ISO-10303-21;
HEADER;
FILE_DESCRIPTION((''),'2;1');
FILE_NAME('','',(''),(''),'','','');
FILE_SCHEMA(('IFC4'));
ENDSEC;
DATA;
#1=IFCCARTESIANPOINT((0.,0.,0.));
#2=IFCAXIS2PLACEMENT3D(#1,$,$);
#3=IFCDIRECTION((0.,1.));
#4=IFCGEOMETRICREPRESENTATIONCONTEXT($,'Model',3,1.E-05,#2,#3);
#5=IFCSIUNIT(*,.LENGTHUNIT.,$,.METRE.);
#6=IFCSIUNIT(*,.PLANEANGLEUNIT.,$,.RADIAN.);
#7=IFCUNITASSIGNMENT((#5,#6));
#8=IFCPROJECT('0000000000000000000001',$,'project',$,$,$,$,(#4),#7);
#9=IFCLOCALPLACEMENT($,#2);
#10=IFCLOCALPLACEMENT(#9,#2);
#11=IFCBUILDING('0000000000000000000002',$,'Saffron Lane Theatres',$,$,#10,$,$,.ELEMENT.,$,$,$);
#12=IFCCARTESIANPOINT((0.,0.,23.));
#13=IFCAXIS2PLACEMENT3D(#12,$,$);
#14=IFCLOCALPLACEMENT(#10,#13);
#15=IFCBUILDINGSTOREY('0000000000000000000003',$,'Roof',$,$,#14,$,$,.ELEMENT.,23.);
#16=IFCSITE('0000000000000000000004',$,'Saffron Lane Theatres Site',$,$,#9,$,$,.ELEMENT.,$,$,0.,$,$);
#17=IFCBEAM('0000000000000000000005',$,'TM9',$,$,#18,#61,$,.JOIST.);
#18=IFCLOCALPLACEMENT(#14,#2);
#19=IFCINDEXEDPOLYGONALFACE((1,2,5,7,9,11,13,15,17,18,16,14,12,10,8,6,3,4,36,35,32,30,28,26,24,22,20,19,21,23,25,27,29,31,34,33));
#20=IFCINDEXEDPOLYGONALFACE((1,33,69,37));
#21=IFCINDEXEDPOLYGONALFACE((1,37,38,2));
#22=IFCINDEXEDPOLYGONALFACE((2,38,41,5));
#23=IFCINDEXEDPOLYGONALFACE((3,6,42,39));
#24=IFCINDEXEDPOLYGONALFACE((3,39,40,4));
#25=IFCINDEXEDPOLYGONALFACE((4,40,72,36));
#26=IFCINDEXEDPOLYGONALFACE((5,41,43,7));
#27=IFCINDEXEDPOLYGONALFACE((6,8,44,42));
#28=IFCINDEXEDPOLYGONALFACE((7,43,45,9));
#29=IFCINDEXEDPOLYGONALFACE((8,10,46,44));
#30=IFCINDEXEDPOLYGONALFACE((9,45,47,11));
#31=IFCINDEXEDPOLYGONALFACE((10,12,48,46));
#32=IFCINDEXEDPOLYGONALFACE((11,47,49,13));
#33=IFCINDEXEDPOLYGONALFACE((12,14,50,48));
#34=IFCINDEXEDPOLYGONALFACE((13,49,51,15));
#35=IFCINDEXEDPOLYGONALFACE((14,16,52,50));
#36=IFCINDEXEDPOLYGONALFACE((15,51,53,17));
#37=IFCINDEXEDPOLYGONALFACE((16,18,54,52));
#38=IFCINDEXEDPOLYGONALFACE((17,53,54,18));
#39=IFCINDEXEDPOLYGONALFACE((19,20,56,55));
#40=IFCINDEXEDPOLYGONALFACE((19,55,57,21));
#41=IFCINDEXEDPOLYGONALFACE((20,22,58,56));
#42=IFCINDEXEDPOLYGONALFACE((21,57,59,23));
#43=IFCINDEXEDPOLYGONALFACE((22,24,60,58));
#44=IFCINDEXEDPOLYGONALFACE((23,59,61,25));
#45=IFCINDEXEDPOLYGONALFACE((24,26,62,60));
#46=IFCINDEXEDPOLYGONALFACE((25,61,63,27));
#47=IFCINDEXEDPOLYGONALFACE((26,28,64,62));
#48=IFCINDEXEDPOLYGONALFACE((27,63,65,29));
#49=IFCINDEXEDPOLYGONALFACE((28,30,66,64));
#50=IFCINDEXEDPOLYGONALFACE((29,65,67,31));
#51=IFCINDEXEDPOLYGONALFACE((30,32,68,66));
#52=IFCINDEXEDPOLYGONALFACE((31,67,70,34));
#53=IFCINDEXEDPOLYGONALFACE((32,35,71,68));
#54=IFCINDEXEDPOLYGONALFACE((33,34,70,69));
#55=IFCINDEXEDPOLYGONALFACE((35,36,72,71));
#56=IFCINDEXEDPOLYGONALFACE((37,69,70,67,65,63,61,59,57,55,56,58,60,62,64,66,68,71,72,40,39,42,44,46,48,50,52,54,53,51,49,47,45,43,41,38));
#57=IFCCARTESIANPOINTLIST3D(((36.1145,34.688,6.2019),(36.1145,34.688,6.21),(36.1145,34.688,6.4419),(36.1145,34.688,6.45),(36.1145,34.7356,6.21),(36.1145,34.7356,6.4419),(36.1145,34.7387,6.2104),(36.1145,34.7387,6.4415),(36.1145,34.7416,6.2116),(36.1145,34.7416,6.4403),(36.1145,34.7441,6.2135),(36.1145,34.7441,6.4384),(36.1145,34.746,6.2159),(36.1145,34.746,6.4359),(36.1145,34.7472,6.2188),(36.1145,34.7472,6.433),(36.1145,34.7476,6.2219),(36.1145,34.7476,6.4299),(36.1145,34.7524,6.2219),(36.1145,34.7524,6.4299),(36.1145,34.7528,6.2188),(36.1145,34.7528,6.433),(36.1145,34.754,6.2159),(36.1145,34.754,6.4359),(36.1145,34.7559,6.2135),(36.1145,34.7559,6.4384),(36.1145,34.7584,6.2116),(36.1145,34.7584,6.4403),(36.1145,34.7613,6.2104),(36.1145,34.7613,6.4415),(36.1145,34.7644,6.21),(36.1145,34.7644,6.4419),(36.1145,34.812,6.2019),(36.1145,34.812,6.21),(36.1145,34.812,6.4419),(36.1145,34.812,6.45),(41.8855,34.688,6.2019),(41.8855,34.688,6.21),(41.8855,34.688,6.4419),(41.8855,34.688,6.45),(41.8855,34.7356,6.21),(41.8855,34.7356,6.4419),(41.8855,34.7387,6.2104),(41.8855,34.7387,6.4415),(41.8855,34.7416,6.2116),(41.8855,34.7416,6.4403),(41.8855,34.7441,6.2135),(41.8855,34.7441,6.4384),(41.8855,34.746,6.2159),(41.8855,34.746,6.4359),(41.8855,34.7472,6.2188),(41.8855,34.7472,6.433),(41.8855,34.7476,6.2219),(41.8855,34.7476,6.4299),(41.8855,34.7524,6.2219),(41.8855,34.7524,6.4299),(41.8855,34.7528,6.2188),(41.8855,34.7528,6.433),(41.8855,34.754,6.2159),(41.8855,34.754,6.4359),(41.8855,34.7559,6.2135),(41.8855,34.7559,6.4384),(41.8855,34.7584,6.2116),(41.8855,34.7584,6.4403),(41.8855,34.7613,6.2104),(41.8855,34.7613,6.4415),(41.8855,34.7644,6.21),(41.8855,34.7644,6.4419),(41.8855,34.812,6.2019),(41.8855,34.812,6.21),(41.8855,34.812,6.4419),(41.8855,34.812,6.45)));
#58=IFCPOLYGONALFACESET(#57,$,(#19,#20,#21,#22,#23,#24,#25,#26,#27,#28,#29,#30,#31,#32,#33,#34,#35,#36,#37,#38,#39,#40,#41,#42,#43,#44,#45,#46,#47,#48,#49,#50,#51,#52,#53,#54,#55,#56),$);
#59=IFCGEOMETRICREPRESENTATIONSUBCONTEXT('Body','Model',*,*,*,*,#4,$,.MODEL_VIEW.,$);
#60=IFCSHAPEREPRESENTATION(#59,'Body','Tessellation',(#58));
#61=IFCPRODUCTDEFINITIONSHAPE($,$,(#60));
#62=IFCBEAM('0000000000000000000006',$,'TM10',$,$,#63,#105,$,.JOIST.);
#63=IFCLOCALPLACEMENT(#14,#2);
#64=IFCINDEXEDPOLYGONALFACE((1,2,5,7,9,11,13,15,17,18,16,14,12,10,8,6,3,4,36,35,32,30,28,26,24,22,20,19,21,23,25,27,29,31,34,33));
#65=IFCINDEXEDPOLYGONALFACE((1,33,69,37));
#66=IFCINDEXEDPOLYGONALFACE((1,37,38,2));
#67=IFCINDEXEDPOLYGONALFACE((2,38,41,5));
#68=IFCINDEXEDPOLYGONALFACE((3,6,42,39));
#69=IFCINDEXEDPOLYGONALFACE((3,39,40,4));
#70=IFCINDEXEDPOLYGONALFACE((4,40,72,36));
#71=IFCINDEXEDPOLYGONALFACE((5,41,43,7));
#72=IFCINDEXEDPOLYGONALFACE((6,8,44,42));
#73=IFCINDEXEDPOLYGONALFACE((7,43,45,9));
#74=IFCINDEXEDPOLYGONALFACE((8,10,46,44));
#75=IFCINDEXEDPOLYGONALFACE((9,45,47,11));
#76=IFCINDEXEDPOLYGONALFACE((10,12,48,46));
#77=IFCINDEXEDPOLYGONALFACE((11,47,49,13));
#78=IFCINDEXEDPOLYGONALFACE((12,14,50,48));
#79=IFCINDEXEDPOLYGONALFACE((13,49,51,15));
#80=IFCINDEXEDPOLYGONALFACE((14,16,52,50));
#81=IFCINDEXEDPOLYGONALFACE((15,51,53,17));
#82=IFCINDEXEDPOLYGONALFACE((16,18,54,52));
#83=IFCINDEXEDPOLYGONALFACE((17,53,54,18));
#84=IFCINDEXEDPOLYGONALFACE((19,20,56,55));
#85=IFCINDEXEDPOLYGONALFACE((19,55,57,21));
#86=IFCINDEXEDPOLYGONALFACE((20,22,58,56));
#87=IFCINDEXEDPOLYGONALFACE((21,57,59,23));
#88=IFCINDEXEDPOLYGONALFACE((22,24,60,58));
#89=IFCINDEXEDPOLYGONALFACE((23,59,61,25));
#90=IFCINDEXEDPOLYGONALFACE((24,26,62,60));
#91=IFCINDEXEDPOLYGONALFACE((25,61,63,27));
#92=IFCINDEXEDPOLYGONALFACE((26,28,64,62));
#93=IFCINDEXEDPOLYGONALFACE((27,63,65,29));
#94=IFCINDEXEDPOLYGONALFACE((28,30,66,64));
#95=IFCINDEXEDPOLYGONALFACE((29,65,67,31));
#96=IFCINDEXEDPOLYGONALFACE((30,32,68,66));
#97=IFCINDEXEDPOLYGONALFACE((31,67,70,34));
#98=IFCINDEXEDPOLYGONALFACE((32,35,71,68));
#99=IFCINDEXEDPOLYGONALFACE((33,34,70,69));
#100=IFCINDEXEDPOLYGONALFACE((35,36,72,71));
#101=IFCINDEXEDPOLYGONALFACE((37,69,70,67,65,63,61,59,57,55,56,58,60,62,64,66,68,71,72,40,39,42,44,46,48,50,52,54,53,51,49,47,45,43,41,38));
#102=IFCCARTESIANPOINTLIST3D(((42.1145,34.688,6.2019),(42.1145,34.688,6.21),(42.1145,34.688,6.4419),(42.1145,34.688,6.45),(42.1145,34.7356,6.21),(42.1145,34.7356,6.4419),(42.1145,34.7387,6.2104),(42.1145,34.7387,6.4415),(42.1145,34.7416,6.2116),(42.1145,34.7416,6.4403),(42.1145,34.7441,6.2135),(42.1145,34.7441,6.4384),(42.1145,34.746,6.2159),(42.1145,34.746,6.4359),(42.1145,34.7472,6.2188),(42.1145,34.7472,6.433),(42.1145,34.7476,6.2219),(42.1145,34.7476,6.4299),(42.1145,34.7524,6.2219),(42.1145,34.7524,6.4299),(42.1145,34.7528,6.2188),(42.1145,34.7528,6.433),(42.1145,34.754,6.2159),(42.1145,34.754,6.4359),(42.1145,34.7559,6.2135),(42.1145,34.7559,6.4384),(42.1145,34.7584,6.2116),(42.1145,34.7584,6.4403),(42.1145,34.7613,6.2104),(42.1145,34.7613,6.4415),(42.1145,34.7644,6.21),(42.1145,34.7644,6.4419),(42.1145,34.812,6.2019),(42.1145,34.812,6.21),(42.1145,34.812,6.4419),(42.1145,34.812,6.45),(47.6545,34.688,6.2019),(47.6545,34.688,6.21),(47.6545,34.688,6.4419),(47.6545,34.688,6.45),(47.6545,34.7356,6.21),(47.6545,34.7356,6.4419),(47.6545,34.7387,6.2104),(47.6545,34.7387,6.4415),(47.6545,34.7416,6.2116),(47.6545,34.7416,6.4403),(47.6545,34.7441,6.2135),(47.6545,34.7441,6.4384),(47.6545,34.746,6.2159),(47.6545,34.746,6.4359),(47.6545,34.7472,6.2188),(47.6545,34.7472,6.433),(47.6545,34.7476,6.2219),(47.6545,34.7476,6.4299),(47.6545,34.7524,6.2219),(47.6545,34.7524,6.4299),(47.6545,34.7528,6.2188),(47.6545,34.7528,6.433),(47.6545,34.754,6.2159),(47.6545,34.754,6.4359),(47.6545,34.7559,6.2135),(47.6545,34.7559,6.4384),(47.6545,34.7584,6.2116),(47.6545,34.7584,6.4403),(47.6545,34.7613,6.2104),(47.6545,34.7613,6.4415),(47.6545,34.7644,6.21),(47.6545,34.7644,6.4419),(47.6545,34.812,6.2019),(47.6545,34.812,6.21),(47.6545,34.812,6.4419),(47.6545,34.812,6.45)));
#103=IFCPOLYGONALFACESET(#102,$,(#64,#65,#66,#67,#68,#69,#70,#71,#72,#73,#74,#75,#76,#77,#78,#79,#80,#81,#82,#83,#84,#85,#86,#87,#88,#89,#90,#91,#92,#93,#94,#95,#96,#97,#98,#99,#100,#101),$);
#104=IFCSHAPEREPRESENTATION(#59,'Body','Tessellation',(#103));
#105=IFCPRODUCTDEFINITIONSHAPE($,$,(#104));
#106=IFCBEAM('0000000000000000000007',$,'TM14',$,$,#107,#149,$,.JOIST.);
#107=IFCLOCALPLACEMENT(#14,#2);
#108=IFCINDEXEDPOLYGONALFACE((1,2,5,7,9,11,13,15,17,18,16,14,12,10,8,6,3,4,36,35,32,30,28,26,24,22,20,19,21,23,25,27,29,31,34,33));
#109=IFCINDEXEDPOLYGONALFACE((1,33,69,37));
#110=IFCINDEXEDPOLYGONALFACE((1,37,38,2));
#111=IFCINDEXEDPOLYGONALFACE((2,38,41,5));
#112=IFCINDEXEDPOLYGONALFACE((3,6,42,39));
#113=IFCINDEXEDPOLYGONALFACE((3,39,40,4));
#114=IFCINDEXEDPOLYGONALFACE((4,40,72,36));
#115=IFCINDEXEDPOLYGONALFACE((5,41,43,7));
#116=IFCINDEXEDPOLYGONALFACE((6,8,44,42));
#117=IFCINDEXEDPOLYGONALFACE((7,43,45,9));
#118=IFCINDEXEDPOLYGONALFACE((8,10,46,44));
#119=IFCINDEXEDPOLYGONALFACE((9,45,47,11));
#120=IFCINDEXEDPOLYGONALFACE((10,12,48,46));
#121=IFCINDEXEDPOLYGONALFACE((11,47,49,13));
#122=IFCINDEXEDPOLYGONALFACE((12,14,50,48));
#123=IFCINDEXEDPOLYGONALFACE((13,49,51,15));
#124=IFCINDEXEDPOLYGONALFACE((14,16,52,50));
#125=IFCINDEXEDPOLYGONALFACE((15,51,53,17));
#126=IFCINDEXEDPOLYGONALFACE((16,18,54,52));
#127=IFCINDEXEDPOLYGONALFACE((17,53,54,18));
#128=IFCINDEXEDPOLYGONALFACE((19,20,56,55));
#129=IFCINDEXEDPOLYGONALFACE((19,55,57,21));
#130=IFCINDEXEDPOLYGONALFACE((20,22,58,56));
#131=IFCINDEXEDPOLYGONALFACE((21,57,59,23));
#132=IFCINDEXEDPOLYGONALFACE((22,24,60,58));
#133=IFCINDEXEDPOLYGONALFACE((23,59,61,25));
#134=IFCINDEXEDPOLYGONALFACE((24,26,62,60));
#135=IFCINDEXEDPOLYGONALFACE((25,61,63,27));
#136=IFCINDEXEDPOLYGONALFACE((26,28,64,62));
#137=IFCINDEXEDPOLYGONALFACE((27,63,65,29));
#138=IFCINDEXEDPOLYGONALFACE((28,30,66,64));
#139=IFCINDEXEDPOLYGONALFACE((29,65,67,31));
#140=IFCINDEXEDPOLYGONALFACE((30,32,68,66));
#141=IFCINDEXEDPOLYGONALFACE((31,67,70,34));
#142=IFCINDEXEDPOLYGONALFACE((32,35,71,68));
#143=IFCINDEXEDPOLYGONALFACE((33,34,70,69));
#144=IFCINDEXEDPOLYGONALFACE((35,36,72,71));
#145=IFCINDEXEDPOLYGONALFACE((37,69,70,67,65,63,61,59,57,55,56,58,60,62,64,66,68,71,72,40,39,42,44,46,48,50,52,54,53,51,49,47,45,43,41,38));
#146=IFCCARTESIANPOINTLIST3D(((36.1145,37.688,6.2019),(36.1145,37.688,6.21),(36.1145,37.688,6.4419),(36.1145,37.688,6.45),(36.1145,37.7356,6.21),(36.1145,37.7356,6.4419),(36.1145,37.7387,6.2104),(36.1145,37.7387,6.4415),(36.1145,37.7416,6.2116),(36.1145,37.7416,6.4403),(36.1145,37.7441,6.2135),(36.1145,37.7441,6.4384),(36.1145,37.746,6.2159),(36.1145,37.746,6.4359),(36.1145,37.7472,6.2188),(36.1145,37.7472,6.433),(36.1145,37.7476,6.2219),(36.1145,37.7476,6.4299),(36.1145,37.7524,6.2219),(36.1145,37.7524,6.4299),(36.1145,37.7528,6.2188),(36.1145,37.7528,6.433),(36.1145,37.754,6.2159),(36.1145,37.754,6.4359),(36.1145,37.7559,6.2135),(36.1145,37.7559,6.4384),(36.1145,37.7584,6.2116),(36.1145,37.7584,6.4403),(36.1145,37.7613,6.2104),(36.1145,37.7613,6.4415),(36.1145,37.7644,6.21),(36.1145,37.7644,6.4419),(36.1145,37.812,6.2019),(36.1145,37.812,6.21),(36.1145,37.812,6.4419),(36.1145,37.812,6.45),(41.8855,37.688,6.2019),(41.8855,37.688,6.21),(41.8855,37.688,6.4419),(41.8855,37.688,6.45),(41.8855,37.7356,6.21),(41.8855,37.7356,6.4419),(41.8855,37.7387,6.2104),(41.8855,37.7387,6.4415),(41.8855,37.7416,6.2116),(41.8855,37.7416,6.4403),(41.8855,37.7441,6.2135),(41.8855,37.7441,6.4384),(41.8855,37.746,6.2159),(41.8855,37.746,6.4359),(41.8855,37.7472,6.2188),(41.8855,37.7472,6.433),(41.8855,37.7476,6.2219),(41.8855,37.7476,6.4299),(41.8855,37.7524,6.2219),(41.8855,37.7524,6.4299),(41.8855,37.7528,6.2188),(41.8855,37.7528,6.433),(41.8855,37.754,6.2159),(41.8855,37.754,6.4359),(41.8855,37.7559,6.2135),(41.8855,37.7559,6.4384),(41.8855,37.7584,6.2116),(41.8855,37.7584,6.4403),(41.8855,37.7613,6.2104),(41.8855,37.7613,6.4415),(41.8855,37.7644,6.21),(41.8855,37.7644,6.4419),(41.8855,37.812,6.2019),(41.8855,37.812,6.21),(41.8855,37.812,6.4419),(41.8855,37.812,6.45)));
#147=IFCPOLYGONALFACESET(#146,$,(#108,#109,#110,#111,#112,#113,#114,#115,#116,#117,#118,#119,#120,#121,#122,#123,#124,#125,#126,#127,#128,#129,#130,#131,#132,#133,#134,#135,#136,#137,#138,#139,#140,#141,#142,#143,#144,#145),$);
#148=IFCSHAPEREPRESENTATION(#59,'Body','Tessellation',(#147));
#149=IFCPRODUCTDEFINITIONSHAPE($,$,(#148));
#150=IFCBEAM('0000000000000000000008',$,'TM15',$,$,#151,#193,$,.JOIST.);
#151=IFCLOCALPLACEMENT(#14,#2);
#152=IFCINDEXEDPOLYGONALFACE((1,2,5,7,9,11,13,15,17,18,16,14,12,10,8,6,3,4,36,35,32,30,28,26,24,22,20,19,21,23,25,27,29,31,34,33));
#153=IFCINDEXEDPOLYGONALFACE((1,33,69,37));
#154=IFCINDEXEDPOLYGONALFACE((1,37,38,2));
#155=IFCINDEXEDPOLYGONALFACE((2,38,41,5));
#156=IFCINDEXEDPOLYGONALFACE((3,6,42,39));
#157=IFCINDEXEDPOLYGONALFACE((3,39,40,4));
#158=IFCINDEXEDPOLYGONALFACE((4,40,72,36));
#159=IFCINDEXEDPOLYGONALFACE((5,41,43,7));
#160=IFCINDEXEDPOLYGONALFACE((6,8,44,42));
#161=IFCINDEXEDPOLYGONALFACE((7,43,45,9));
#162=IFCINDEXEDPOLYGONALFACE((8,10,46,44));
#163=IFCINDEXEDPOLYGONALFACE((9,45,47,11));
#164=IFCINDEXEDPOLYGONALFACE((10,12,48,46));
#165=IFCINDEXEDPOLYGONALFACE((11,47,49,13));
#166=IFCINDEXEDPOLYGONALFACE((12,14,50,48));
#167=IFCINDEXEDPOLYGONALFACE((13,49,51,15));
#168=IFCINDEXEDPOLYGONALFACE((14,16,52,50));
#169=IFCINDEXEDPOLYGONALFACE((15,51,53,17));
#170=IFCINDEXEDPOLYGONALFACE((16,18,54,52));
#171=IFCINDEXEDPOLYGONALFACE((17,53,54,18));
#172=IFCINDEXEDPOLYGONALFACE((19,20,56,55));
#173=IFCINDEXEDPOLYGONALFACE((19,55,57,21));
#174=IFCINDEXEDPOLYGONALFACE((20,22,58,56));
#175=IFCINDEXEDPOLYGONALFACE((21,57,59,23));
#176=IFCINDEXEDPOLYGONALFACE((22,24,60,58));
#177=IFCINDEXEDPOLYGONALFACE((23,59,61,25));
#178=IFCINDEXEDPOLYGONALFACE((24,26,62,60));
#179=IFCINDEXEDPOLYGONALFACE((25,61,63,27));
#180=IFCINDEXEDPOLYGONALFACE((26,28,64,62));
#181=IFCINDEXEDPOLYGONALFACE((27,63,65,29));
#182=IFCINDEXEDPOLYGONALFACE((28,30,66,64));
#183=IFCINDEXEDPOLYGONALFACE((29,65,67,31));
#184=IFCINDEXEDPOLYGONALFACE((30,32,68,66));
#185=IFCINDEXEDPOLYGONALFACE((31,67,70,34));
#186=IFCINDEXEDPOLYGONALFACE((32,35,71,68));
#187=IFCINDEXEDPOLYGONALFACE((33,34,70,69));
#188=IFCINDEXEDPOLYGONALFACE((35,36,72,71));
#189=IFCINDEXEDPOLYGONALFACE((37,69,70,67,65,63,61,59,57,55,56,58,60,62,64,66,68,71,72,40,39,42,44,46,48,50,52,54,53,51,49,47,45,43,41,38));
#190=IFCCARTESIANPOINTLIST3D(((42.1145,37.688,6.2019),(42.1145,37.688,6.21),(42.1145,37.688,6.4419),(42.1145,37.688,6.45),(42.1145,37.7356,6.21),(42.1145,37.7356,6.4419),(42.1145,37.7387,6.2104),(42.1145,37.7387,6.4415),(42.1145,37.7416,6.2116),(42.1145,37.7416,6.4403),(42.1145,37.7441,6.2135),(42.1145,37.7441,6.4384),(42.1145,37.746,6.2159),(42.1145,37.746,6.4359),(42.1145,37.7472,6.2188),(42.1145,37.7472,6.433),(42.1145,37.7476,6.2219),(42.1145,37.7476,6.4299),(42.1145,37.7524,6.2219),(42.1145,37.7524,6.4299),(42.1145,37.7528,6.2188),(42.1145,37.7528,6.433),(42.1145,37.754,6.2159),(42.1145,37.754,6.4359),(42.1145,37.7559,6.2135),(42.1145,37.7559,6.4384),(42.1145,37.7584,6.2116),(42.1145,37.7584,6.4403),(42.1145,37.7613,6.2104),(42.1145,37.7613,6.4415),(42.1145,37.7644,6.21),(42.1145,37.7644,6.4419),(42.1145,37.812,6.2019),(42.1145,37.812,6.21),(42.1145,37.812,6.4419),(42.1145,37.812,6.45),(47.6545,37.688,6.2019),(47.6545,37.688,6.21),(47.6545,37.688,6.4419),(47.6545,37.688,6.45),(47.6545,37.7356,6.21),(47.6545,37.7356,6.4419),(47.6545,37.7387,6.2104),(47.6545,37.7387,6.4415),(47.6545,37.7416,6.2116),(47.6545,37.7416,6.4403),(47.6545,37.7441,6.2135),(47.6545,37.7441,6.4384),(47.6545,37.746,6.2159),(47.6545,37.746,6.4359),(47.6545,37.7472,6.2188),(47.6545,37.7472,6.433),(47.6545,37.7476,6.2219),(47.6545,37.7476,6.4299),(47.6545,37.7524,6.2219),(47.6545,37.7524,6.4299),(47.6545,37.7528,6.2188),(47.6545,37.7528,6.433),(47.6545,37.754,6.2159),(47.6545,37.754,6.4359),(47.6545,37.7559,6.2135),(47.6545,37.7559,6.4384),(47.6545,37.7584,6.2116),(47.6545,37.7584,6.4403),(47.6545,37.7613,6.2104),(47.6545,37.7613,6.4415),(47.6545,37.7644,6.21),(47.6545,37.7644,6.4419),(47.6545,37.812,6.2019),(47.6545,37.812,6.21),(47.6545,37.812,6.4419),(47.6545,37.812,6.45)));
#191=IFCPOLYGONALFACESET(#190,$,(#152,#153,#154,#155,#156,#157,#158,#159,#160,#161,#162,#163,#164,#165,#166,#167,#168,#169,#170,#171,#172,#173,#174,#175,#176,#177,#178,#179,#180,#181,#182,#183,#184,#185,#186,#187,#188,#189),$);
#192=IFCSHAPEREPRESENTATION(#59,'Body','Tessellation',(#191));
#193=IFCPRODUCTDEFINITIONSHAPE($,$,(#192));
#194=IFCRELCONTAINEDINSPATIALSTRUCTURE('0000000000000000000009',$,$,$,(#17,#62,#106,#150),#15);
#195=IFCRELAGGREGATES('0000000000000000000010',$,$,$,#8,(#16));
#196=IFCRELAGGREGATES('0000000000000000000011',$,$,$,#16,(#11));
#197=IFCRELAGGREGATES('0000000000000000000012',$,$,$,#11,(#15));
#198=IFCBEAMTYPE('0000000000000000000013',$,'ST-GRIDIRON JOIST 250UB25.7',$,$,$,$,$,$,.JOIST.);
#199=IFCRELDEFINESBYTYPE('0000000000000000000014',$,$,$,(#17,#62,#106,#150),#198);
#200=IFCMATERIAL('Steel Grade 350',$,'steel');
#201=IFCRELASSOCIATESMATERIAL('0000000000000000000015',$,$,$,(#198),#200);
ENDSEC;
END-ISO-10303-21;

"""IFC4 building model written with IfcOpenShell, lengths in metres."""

from ifc_helpers import new_model, si_unit, direction, frame, origin, origin_2d, place, context, subcontext, project, spatial, i_section, extrude, material, material_profile, profile_set, type_object, element, save


model = new_model("IFC4")

# Units and contexts
model_context = context("Model", 3, precision=1e-05, world=origin(), true_north=direction((0.0, 1.0)))
body_context = subcontext(model_context, "Body", "Model", "MODEL_VIEW")
ifc_project = project(units=[si_unit("LENGTHUNIT", "METRE"), si_unit("PLANEANGLEUNIT", "RADIAN")], contexts=[model_context])

# Site, building, storey
site_placement = place(None, origin())
site = spatial("IfcSite", under=ifc_project, at=site_placement, Name="Saffron Lane Theatres Site", CompositionType="ELEMENT", RefElevation=0.0)
building_placement = place(site_placement, origin())
building = spatial("IfcBuilding", under=site, at=building_placement, Name="Saffron Lane Theatres", CompositionType="ELEMENT")
storey_placement = place(building_placement, frame((0.0, 0.0, 23.0)))
storey = spatial("IfcBuildingStorey", under=building, at=storey_placement, Name="Roof", CompositionType="ELEMENT", Elevation=23.0)

# Beams
ifc_material_1 = material(Name="Steel Grade 350", Category="steel")
ifc_material_profile_1 = material_profile(ifc_material_1, i_section(OverallWidth=0.124, OverallDepth=0.248, WebThickness=0.0049, FlangeThickness=0.0081, FilletRadius=0.012, at=origin_2d()))
ifc_profile_set_1 = profile_set([ifc_material_profile_1], Name="Steel Grade 350")
beam_type_1 = type_object("IfcBeamType", Name="ST-GRIDIRON JOIST 250UB25.7", PredefinedType="JOIST", material=ifc_profile_set_1)
beam_1_placement = place(storey_placement, frame((36.1145, 34.75, 6.3259), z_axis=(1.0, 0.0, 0.0), x_axis=(0.0, 1.0, 0.0)))
element("IfcBeam", 1, at=beam_1_placement, inside=storey, type_object=beam_type_1, Name="TM9", PredefinedType="JOIST", context=body_context, shape_type="SweptSolid", body=[
    extrude(i_section(OverallWidth=0.124, OverallDepth=0.248, WebThickness=0.0049, FlangeThickness=0.0081, FilletRadius=0.012, at=origin_2d()), origin(), (0.0, 0.0, 1.0), 5.771),
])
beam_2_placement = place(storey_placement, frame((42.1145, 34.75, 6.3259), z_axis=(1.0, 0.0, 0.0), x_axis=(0.0, 1.0, 0.0)))
element("IfcBeam", 2, at=beam_2_placement, inside=storey, type_object=beam_type_1, Name="TM10", PredefinedType="JOIST", context=body_context, shape_type="SweptSolid", body=[
    extrude(i_section(OverallWidth=0.124, OverallDepth=0.248, WebThickness=0.0049, FlangeThickness=0.0081, FilletRadius=0.012, at=origin_2d()), origin(), (0.0, 0.0, 1.0), 5.54),
])
beam_3_placement = place(storey_placement, frame((36.1145, 37.75, 6.3259), z_axis=(1.0, 0.0, 0.0), x_axis=(0.0, 1.0, 0.0)))
element("IfcBeam", 3, at=beam_3_placement, inside=storey, type_object=beam_type_1, Name="TM14", PredefinedType="JOIST", context=body_context, shape_type="SweptSolid", body=[
    extrude(i_section(OverallWidth=0.124, OverallDepth=0.248, WebThickness=0.0049, FlangeThickness=0.0081, FilletRadius=0.012, at=origin_2d()), origin(), (0.0, 0.0, 1.0), 5.771),
])
beam_4_placement = place(storey_placement, frame((42.1145, 37.75, 6.3259), z_axis=(1.0, 0.0, 0.0), x_axis=(0.0, 1.0, 0.0)))
element("IfcBeam", 4, at=beam_4_placement, inside=storey, type_object=beam_type_1, Name="TM15", PredefinedType="JOIST", context=body_context, shape_type="SweptSolid", body=[
    extrude(i_section(OverallWidth=0.124, OverallDepth=0.248, WebThickness=0.0049, FlangeThickness=0.0081, FilletRadius=0.012, at=origin_2d()), origin(), (0.0, 0.0, 1.0), 5.54),
])

save(model, "model.ifc")
